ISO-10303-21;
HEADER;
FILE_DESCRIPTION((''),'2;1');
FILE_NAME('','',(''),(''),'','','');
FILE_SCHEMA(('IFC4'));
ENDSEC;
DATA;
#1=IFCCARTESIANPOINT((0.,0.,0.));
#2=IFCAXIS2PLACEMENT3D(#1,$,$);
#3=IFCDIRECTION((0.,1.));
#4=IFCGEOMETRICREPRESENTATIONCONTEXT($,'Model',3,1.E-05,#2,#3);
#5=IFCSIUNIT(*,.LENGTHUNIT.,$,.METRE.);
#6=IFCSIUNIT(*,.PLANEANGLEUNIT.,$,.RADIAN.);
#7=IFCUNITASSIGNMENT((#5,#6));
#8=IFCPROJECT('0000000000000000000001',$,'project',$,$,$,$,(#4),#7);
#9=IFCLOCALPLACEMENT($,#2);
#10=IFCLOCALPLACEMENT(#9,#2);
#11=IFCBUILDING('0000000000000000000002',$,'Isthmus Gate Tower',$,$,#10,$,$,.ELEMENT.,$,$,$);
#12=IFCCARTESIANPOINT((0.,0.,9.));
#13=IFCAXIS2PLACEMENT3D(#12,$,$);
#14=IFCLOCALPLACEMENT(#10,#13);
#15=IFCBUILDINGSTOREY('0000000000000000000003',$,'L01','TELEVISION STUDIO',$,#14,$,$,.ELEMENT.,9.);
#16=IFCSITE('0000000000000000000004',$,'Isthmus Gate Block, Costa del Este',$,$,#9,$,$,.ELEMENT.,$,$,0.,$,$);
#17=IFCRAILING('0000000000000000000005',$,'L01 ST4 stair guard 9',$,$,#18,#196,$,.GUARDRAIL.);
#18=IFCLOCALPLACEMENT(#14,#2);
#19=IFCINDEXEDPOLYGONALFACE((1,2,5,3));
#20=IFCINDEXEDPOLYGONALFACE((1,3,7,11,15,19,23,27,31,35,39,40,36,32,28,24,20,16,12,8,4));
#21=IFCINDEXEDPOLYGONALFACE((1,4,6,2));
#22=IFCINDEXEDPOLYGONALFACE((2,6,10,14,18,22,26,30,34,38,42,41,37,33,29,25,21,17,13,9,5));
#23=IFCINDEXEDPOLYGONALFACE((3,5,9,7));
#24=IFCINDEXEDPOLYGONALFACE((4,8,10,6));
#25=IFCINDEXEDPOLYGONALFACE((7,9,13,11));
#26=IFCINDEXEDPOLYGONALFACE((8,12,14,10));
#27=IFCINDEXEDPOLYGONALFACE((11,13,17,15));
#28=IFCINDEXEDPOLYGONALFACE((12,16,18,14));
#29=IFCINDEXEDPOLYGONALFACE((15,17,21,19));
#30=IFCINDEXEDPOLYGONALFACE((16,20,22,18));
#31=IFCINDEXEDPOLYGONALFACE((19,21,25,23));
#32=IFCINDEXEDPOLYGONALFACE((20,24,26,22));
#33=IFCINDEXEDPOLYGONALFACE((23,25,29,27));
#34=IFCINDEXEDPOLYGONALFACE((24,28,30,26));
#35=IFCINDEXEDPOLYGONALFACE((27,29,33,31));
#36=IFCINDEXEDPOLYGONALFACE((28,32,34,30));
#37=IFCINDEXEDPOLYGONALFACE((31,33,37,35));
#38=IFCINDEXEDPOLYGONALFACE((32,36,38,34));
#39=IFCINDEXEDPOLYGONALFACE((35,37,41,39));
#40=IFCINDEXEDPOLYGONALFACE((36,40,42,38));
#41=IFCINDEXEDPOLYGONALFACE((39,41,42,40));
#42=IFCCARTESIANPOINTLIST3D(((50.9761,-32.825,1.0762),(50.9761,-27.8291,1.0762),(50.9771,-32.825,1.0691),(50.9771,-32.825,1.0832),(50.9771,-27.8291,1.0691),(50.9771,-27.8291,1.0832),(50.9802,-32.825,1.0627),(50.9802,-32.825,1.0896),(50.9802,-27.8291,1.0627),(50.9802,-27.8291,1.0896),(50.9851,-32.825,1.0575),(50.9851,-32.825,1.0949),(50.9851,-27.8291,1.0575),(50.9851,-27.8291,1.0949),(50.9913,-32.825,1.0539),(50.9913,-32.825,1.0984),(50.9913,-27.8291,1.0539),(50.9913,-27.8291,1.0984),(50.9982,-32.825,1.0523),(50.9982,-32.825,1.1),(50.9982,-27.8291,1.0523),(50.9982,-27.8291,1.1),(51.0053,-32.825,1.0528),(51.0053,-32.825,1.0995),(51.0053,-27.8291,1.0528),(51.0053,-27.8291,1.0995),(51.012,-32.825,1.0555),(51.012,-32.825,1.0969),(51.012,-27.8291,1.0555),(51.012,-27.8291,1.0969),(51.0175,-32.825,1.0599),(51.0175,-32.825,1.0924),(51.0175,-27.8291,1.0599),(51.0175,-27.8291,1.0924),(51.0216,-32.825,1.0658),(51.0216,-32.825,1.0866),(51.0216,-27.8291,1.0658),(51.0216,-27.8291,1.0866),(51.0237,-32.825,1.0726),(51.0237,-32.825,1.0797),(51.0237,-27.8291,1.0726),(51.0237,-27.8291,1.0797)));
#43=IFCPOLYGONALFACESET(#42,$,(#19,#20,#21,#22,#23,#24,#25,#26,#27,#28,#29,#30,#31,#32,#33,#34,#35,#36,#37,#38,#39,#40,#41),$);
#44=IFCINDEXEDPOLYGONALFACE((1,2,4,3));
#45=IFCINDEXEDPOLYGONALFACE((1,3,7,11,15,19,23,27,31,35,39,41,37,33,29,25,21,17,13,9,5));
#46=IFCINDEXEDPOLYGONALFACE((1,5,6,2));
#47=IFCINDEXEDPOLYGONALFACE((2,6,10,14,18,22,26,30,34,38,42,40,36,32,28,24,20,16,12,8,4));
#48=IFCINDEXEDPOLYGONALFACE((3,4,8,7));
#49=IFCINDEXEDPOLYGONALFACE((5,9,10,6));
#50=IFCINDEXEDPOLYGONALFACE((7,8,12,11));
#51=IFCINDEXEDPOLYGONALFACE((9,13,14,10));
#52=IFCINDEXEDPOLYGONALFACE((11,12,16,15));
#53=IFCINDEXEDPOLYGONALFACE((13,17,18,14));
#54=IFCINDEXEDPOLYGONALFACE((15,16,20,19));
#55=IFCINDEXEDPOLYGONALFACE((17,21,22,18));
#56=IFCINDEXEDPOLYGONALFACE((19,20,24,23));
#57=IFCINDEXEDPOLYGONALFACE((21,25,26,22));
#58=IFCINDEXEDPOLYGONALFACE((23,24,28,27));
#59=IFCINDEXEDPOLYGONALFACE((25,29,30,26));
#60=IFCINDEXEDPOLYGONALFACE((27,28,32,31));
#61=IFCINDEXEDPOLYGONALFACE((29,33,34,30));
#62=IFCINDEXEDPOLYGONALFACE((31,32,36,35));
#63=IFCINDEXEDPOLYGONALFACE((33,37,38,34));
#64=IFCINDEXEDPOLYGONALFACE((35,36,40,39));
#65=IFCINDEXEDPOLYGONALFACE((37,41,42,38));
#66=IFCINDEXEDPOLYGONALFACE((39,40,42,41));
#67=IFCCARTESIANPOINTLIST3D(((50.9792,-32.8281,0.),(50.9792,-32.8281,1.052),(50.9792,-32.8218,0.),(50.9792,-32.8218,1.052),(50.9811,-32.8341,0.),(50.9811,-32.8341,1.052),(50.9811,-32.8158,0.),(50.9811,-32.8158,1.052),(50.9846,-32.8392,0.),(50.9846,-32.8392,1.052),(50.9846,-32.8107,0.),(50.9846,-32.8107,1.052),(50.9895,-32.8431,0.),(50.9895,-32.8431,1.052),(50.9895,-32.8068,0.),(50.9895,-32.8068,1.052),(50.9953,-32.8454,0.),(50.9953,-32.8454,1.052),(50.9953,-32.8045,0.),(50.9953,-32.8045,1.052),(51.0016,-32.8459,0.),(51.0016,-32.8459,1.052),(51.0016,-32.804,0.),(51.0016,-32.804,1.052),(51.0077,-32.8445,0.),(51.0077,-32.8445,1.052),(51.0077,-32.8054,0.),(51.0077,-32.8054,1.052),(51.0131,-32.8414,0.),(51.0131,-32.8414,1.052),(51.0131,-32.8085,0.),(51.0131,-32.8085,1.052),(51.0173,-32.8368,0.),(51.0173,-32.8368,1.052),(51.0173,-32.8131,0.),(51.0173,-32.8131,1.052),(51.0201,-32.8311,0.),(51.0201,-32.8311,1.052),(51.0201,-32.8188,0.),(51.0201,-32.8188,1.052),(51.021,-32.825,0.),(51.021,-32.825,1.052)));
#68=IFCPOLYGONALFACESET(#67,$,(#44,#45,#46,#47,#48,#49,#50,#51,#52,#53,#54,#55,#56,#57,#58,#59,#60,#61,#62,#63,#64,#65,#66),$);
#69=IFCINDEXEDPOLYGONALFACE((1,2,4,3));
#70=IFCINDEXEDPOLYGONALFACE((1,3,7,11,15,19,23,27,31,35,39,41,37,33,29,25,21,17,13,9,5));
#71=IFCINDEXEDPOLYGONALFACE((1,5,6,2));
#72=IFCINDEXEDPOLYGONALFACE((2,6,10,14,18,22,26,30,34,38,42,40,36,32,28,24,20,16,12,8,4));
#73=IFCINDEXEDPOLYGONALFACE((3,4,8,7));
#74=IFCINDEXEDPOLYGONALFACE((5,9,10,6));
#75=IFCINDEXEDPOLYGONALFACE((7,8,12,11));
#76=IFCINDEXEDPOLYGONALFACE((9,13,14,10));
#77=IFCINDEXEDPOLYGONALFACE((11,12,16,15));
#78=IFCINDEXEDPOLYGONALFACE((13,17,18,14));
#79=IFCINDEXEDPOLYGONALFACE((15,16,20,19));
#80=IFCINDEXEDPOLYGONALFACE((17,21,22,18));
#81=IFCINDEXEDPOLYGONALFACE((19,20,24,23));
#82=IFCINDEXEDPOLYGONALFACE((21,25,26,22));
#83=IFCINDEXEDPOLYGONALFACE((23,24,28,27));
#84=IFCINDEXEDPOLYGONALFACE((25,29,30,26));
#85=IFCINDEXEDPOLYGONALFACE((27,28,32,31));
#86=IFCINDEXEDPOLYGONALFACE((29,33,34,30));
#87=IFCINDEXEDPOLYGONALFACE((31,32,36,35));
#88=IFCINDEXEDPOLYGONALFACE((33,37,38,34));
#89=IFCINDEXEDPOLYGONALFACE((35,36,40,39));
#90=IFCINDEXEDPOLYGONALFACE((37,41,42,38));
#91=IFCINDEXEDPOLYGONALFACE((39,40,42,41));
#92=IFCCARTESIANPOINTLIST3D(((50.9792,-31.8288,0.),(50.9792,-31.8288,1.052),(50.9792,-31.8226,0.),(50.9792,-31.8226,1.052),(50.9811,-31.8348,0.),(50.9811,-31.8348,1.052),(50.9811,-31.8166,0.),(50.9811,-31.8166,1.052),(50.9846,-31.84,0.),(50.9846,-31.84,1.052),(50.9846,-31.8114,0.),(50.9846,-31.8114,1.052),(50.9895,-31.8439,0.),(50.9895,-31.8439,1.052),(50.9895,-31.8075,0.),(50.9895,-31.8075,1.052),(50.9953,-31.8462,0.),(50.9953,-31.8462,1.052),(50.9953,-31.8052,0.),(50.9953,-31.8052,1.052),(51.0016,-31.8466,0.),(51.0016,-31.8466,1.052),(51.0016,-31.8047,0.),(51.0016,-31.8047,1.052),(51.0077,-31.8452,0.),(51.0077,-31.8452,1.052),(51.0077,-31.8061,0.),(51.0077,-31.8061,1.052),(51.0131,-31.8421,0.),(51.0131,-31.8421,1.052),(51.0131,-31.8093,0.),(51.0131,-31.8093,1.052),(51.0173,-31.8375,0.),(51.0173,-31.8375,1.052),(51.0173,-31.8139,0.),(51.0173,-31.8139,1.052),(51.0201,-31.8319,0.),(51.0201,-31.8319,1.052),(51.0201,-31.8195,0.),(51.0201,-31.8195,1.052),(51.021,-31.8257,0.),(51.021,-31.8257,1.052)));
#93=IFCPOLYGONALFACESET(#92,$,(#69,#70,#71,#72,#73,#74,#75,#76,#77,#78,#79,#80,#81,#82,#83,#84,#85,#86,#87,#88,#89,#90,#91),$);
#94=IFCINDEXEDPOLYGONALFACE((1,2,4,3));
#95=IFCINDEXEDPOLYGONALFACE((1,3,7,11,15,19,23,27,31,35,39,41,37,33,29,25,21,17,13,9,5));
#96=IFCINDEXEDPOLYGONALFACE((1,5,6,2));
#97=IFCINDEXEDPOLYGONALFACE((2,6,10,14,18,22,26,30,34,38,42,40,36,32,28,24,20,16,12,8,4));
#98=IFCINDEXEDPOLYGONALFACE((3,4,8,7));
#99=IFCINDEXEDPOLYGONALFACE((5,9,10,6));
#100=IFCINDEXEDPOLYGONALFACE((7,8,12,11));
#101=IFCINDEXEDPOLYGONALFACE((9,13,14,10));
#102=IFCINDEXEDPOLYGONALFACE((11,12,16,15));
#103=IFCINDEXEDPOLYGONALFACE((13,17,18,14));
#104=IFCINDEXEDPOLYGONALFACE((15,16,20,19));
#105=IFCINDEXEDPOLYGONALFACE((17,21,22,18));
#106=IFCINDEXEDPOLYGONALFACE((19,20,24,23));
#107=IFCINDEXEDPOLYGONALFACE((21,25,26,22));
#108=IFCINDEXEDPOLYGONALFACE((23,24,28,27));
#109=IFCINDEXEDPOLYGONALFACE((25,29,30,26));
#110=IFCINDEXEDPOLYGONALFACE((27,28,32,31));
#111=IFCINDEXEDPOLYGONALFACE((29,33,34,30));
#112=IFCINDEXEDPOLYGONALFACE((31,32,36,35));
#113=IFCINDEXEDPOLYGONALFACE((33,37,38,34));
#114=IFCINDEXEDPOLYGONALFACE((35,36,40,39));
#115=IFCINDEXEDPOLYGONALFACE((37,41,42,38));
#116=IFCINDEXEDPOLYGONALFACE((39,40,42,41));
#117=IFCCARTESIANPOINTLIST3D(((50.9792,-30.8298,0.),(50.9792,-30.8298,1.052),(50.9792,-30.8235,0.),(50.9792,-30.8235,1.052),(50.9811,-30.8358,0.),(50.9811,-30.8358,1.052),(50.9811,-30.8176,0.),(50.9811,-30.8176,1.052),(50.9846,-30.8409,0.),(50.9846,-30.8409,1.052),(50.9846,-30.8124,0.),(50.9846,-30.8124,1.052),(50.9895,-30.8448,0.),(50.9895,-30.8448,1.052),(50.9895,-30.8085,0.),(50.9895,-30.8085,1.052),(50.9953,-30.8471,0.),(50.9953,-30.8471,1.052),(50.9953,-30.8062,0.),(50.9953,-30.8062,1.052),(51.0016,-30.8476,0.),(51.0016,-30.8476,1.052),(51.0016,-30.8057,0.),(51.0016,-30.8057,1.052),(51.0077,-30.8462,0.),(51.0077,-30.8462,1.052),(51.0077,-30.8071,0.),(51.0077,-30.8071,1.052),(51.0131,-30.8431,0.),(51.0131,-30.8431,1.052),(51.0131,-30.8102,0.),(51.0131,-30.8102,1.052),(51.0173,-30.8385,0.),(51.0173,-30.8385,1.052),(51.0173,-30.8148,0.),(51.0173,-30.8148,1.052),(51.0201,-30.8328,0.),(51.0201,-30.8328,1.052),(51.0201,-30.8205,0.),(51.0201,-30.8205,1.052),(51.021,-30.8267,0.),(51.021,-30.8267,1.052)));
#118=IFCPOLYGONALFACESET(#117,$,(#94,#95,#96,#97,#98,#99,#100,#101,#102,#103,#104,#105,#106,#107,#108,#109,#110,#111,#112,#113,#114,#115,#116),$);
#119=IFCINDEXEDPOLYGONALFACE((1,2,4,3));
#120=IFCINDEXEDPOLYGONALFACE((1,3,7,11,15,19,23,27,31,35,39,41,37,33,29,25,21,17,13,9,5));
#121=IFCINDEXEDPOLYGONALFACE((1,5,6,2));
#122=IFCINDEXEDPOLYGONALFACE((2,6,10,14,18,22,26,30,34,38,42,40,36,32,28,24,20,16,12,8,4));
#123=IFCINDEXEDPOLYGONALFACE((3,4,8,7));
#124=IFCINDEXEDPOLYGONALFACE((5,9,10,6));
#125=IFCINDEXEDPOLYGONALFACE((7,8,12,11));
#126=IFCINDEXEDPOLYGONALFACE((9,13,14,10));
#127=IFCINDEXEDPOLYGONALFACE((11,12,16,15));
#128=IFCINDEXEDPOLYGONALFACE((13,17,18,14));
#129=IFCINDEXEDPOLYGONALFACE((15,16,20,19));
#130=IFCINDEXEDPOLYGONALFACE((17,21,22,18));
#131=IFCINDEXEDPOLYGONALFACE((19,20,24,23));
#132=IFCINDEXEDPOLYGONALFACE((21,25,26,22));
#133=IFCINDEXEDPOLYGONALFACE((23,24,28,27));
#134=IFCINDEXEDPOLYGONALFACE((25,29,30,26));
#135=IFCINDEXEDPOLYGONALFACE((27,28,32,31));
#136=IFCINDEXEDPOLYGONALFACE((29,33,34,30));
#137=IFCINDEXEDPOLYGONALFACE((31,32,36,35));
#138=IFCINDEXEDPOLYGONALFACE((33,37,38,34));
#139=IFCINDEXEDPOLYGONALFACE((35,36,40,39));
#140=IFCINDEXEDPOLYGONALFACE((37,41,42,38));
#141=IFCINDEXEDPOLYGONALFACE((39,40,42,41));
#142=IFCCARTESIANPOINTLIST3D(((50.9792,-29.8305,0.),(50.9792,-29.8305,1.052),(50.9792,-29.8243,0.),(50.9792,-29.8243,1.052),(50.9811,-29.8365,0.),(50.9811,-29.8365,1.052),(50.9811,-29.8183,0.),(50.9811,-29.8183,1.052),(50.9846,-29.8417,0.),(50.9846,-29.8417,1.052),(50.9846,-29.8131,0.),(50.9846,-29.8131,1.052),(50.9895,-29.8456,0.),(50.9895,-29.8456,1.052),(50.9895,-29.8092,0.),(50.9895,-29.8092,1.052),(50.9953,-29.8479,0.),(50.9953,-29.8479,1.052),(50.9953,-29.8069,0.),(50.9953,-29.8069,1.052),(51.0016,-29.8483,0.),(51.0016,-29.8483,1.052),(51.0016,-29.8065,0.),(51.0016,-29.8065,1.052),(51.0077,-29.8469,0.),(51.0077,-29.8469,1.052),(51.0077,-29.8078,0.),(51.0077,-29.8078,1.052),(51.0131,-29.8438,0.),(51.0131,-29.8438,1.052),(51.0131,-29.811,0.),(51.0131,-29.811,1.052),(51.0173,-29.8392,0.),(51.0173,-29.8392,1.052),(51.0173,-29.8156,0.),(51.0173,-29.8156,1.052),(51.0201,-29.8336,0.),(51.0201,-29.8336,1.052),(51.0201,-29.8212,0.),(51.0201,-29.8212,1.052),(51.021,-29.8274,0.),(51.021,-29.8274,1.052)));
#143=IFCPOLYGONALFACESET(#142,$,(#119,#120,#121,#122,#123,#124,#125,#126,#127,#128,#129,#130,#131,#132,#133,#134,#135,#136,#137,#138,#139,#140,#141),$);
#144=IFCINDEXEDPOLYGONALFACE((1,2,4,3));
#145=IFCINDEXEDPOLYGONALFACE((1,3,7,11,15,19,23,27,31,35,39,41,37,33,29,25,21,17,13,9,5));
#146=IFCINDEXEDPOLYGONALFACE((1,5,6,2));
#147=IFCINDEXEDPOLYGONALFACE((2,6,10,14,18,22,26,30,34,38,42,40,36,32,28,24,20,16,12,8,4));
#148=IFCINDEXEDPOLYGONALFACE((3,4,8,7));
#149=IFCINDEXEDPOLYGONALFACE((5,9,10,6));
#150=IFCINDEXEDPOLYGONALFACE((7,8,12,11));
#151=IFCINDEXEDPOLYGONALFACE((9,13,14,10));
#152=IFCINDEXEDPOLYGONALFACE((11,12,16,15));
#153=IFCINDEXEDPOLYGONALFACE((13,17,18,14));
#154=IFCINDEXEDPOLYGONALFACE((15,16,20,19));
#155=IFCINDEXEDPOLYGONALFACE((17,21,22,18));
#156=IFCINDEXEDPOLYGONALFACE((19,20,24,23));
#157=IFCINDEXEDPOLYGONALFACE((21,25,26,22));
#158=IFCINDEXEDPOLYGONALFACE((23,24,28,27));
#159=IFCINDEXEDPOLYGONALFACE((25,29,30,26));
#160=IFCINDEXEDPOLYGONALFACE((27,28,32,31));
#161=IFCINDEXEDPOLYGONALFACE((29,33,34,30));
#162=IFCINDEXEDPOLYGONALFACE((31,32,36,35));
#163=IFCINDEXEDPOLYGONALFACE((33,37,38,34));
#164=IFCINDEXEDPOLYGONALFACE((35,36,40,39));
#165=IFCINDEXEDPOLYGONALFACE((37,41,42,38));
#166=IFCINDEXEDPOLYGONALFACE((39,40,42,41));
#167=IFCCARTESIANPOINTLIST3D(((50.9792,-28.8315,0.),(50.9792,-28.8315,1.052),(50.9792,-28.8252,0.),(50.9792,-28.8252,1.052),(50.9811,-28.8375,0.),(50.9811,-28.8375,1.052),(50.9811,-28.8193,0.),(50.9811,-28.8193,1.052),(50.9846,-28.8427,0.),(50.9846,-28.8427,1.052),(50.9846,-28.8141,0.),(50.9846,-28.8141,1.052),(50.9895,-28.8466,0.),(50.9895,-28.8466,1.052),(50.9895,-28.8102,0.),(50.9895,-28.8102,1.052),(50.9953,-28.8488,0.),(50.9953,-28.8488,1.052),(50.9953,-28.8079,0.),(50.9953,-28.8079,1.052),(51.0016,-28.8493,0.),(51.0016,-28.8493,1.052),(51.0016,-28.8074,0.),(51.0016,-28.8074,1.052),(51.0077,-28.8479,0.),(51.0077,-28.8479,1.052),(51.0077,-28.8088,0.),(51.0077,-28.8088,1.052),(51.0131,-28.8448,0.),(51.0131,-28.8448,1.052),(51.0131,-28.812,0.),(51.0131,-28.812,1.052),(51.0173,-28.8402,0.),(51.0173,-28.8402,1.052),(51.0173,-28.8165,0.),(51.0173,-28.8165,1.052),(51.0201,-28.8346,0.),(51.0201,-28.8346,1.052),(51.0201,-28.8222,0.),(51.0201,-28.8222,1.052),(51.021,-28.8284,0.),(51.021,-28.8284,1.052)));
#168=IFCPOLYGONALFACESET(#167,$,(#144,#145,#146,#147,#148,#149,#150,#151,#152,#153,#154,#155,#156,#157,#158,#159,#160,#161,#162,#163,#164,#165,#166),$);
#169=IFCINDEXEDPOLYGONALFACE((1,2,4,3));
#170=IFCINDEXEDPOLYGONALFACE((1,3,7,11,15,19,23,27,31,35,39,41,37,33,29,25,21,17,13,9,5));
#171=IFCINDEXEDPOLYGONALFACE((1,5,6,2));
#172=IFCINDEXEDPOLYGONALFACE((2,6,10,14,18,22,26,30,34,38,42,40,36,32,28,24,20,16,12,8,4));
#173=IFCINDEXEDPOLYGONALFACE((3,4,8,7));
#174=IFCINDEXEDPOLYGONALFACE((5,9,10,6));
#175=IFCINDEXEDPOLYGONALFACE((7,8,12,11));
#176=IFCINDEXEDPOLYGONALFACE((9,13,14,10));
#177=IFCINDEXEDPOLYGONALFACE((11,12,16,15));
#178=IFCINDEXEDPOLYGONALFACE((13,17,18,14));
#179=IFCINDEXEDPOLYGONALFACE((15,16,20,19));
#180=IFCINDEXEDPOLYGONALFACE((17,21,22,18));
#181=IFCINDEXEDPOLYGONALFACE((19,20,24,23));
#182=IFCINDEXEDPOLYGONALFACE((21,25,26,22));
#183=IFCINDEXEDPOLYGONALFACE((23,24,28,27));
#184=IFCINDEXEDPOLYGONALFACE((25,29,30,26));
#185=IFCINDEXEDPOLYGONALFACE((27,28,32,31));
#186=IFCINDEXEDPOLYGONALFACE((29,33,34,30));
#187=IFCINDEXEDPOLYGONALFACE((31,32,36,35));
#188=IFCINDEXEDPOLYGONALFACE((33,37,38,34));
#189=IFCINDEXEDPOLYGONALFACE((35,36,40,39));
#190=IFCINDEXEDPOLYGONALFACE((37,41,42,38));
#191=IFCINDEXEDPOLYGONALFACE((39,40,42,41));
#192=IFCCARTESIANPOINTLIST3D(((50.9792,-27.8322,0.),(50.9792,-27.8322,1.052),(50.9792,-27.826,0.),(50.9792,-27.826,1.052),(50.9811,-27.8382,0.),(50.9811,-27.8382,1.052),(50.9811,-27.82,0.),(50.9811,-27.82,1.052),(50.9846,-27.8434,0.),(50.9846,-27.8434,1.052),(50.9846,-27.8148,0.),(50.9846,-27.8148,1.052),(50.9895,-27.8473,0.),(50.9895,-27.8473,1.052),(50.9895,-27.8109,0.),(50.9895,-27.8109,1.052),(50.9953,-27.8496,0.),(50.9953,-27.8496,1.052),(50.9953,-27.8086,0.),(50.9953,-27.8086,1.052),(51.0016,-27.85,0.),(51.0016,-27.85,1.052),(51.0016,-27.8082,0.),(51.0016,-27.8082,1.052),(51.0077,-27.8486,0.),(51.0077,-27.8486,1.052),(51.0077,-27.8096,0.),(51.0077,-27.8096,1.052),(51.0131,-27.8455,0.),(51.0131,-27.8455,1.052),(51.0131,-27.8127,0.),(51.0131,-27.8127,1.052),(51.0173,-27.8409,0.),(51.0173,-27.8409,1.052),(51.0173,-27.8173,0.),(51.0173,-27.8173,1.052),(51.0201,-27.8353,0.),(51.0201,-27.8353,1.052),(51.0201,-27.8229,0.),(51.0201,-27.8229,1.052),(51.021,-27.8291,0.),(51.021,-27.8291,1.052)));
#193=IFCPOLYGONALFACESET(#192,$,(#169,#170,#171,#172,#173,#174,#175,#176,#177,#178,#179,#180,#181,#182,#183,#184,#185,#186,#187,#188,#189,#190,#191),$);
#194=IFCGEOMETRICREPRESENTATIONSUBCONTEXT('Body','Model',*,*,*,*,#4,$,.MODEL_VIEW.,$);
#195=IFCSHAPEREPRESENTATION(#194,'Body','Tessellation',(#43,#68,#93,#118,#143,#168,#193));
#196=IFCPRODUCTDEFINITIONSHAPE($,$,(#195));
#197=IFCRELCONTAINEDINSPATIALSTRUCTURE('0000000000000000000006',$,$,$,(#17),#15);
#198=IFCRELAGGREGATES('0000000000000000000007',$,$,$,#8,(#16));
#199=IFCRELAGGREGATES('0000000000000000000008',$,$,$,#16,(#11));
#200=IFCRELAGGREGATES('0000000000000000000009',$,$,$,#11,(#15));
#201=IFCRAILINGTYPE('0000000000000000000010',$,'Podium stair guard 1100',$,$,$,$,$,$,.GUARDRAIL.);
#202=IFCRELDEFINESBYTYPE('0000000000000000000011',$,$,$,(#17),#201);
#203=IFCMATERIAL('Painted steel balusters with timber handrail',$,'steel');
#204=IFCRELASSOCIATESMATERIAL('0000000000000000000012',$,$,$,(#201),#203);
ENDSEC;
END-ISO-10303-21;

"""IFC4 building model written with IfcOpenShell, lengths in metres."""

from ifc_helpers import new_model, si_unit, direction, frame, origin, origin_2d, place, context, subcontext, project, spatial, circle, extrude, material, type_object, element, save


model = new_model("IFC4")

# Units and contexts
model_context = context("Model", 3, precision=1e-05, world=origin(), true_north=direction((0.0, 1.0)))
body_context = subcontext(model_context, "Body", "Model", "MODEL_VIEW")
ifc_project = project(units=[si_unit("LENGTHUNIT", "METRE"), si_unit("PLANEANGLEUNIT", "RADIAN")], contexts=[model_context])

# Site, building, storey
site_placement = place(None, origin())
site = spatial("IfcSite", under=ifc_project, at=site_placement, Name="Isthmus Gate Block, Costa del Este", CompositionType="ELEMENT", RefElevation=0.0)
building_placement = place(site_placement, origin())
building = spatial("IfcBuilding", under=site, at=building_placement, Name="Isthmus Gate Tower", CompositionType="ELEMENT")
storey_placement = place(building_placement, frame((0.0, 0.0, 9.0)))
storey = spatial("IfcBuildingStorey", under=building, at=storey_placement, Name="L01", Description="TELEVISION STUDIO", CompositionType="ELEMENT", Elevation=9.0)

# Railing
ifc_material_1 = material(Name="Painted steel balusters with timber handrail", Category="steel")
railing_type_1 = type_object("IfcRailingType", Name="Podium stair guard 1100", PredefinedType="GUARDRAIL", material=ifc_material_1)
railing_1_placement = place(storey_placement, frame((51.0, -32.825, 0.0)))
element("IfcRailing", 1, at=railing_1_placement, inside=storey, type_object=railing_type_1, Name="L01 ST4 stair guard 9", PredefinedType="GUARDRAIL", context=body_context, shape_type="SweptSolid", body=[
    extrude(circle(Radius=0.0239, at=origin_2d()), frame((0.0, 0.0, 1.0762), z_axis=(0.0, 1.0, 0.0), x_axis=(-1.0, 0.0, 0.0)), (0.0, 0.0, 1.0), 4.9958),
    extrude(circle(Radius=0.021, at=origin_2d()), origin(), (0.0, 0.0, 1.0), 1.052),
    extrude(circle(Radius=0.021, at=origin_2d()), frame((0.0, 0.9993, 0.0)), (0.0, 0.0, 1.0), 1.052),
    extrude(circle(Radius=0.021, at=origin_2d()), frame((0.0, 1.9983, 0.0)), (0.0, 0.0, 1.0), 1.052),
    extrude(circle(Radius=0.021, at=origin_2d()), frame((0.0, 2.9976, 0.0)), (0.0, 0.0, 1.0), 1.052),
    extrude(circle(Radius=0.021, at=origin_2d()), frame((0.0, 3.9966, 0.0)), (0.0, 0.0, 1.0), 1.052),
    extrude(circle(Radius=0.021, at=origin_2d()), frame((0.0, 4.9958, 0.0)), (0.0, 0.0, 1.0), 1.052),
])

save(model, "model.ifc")
